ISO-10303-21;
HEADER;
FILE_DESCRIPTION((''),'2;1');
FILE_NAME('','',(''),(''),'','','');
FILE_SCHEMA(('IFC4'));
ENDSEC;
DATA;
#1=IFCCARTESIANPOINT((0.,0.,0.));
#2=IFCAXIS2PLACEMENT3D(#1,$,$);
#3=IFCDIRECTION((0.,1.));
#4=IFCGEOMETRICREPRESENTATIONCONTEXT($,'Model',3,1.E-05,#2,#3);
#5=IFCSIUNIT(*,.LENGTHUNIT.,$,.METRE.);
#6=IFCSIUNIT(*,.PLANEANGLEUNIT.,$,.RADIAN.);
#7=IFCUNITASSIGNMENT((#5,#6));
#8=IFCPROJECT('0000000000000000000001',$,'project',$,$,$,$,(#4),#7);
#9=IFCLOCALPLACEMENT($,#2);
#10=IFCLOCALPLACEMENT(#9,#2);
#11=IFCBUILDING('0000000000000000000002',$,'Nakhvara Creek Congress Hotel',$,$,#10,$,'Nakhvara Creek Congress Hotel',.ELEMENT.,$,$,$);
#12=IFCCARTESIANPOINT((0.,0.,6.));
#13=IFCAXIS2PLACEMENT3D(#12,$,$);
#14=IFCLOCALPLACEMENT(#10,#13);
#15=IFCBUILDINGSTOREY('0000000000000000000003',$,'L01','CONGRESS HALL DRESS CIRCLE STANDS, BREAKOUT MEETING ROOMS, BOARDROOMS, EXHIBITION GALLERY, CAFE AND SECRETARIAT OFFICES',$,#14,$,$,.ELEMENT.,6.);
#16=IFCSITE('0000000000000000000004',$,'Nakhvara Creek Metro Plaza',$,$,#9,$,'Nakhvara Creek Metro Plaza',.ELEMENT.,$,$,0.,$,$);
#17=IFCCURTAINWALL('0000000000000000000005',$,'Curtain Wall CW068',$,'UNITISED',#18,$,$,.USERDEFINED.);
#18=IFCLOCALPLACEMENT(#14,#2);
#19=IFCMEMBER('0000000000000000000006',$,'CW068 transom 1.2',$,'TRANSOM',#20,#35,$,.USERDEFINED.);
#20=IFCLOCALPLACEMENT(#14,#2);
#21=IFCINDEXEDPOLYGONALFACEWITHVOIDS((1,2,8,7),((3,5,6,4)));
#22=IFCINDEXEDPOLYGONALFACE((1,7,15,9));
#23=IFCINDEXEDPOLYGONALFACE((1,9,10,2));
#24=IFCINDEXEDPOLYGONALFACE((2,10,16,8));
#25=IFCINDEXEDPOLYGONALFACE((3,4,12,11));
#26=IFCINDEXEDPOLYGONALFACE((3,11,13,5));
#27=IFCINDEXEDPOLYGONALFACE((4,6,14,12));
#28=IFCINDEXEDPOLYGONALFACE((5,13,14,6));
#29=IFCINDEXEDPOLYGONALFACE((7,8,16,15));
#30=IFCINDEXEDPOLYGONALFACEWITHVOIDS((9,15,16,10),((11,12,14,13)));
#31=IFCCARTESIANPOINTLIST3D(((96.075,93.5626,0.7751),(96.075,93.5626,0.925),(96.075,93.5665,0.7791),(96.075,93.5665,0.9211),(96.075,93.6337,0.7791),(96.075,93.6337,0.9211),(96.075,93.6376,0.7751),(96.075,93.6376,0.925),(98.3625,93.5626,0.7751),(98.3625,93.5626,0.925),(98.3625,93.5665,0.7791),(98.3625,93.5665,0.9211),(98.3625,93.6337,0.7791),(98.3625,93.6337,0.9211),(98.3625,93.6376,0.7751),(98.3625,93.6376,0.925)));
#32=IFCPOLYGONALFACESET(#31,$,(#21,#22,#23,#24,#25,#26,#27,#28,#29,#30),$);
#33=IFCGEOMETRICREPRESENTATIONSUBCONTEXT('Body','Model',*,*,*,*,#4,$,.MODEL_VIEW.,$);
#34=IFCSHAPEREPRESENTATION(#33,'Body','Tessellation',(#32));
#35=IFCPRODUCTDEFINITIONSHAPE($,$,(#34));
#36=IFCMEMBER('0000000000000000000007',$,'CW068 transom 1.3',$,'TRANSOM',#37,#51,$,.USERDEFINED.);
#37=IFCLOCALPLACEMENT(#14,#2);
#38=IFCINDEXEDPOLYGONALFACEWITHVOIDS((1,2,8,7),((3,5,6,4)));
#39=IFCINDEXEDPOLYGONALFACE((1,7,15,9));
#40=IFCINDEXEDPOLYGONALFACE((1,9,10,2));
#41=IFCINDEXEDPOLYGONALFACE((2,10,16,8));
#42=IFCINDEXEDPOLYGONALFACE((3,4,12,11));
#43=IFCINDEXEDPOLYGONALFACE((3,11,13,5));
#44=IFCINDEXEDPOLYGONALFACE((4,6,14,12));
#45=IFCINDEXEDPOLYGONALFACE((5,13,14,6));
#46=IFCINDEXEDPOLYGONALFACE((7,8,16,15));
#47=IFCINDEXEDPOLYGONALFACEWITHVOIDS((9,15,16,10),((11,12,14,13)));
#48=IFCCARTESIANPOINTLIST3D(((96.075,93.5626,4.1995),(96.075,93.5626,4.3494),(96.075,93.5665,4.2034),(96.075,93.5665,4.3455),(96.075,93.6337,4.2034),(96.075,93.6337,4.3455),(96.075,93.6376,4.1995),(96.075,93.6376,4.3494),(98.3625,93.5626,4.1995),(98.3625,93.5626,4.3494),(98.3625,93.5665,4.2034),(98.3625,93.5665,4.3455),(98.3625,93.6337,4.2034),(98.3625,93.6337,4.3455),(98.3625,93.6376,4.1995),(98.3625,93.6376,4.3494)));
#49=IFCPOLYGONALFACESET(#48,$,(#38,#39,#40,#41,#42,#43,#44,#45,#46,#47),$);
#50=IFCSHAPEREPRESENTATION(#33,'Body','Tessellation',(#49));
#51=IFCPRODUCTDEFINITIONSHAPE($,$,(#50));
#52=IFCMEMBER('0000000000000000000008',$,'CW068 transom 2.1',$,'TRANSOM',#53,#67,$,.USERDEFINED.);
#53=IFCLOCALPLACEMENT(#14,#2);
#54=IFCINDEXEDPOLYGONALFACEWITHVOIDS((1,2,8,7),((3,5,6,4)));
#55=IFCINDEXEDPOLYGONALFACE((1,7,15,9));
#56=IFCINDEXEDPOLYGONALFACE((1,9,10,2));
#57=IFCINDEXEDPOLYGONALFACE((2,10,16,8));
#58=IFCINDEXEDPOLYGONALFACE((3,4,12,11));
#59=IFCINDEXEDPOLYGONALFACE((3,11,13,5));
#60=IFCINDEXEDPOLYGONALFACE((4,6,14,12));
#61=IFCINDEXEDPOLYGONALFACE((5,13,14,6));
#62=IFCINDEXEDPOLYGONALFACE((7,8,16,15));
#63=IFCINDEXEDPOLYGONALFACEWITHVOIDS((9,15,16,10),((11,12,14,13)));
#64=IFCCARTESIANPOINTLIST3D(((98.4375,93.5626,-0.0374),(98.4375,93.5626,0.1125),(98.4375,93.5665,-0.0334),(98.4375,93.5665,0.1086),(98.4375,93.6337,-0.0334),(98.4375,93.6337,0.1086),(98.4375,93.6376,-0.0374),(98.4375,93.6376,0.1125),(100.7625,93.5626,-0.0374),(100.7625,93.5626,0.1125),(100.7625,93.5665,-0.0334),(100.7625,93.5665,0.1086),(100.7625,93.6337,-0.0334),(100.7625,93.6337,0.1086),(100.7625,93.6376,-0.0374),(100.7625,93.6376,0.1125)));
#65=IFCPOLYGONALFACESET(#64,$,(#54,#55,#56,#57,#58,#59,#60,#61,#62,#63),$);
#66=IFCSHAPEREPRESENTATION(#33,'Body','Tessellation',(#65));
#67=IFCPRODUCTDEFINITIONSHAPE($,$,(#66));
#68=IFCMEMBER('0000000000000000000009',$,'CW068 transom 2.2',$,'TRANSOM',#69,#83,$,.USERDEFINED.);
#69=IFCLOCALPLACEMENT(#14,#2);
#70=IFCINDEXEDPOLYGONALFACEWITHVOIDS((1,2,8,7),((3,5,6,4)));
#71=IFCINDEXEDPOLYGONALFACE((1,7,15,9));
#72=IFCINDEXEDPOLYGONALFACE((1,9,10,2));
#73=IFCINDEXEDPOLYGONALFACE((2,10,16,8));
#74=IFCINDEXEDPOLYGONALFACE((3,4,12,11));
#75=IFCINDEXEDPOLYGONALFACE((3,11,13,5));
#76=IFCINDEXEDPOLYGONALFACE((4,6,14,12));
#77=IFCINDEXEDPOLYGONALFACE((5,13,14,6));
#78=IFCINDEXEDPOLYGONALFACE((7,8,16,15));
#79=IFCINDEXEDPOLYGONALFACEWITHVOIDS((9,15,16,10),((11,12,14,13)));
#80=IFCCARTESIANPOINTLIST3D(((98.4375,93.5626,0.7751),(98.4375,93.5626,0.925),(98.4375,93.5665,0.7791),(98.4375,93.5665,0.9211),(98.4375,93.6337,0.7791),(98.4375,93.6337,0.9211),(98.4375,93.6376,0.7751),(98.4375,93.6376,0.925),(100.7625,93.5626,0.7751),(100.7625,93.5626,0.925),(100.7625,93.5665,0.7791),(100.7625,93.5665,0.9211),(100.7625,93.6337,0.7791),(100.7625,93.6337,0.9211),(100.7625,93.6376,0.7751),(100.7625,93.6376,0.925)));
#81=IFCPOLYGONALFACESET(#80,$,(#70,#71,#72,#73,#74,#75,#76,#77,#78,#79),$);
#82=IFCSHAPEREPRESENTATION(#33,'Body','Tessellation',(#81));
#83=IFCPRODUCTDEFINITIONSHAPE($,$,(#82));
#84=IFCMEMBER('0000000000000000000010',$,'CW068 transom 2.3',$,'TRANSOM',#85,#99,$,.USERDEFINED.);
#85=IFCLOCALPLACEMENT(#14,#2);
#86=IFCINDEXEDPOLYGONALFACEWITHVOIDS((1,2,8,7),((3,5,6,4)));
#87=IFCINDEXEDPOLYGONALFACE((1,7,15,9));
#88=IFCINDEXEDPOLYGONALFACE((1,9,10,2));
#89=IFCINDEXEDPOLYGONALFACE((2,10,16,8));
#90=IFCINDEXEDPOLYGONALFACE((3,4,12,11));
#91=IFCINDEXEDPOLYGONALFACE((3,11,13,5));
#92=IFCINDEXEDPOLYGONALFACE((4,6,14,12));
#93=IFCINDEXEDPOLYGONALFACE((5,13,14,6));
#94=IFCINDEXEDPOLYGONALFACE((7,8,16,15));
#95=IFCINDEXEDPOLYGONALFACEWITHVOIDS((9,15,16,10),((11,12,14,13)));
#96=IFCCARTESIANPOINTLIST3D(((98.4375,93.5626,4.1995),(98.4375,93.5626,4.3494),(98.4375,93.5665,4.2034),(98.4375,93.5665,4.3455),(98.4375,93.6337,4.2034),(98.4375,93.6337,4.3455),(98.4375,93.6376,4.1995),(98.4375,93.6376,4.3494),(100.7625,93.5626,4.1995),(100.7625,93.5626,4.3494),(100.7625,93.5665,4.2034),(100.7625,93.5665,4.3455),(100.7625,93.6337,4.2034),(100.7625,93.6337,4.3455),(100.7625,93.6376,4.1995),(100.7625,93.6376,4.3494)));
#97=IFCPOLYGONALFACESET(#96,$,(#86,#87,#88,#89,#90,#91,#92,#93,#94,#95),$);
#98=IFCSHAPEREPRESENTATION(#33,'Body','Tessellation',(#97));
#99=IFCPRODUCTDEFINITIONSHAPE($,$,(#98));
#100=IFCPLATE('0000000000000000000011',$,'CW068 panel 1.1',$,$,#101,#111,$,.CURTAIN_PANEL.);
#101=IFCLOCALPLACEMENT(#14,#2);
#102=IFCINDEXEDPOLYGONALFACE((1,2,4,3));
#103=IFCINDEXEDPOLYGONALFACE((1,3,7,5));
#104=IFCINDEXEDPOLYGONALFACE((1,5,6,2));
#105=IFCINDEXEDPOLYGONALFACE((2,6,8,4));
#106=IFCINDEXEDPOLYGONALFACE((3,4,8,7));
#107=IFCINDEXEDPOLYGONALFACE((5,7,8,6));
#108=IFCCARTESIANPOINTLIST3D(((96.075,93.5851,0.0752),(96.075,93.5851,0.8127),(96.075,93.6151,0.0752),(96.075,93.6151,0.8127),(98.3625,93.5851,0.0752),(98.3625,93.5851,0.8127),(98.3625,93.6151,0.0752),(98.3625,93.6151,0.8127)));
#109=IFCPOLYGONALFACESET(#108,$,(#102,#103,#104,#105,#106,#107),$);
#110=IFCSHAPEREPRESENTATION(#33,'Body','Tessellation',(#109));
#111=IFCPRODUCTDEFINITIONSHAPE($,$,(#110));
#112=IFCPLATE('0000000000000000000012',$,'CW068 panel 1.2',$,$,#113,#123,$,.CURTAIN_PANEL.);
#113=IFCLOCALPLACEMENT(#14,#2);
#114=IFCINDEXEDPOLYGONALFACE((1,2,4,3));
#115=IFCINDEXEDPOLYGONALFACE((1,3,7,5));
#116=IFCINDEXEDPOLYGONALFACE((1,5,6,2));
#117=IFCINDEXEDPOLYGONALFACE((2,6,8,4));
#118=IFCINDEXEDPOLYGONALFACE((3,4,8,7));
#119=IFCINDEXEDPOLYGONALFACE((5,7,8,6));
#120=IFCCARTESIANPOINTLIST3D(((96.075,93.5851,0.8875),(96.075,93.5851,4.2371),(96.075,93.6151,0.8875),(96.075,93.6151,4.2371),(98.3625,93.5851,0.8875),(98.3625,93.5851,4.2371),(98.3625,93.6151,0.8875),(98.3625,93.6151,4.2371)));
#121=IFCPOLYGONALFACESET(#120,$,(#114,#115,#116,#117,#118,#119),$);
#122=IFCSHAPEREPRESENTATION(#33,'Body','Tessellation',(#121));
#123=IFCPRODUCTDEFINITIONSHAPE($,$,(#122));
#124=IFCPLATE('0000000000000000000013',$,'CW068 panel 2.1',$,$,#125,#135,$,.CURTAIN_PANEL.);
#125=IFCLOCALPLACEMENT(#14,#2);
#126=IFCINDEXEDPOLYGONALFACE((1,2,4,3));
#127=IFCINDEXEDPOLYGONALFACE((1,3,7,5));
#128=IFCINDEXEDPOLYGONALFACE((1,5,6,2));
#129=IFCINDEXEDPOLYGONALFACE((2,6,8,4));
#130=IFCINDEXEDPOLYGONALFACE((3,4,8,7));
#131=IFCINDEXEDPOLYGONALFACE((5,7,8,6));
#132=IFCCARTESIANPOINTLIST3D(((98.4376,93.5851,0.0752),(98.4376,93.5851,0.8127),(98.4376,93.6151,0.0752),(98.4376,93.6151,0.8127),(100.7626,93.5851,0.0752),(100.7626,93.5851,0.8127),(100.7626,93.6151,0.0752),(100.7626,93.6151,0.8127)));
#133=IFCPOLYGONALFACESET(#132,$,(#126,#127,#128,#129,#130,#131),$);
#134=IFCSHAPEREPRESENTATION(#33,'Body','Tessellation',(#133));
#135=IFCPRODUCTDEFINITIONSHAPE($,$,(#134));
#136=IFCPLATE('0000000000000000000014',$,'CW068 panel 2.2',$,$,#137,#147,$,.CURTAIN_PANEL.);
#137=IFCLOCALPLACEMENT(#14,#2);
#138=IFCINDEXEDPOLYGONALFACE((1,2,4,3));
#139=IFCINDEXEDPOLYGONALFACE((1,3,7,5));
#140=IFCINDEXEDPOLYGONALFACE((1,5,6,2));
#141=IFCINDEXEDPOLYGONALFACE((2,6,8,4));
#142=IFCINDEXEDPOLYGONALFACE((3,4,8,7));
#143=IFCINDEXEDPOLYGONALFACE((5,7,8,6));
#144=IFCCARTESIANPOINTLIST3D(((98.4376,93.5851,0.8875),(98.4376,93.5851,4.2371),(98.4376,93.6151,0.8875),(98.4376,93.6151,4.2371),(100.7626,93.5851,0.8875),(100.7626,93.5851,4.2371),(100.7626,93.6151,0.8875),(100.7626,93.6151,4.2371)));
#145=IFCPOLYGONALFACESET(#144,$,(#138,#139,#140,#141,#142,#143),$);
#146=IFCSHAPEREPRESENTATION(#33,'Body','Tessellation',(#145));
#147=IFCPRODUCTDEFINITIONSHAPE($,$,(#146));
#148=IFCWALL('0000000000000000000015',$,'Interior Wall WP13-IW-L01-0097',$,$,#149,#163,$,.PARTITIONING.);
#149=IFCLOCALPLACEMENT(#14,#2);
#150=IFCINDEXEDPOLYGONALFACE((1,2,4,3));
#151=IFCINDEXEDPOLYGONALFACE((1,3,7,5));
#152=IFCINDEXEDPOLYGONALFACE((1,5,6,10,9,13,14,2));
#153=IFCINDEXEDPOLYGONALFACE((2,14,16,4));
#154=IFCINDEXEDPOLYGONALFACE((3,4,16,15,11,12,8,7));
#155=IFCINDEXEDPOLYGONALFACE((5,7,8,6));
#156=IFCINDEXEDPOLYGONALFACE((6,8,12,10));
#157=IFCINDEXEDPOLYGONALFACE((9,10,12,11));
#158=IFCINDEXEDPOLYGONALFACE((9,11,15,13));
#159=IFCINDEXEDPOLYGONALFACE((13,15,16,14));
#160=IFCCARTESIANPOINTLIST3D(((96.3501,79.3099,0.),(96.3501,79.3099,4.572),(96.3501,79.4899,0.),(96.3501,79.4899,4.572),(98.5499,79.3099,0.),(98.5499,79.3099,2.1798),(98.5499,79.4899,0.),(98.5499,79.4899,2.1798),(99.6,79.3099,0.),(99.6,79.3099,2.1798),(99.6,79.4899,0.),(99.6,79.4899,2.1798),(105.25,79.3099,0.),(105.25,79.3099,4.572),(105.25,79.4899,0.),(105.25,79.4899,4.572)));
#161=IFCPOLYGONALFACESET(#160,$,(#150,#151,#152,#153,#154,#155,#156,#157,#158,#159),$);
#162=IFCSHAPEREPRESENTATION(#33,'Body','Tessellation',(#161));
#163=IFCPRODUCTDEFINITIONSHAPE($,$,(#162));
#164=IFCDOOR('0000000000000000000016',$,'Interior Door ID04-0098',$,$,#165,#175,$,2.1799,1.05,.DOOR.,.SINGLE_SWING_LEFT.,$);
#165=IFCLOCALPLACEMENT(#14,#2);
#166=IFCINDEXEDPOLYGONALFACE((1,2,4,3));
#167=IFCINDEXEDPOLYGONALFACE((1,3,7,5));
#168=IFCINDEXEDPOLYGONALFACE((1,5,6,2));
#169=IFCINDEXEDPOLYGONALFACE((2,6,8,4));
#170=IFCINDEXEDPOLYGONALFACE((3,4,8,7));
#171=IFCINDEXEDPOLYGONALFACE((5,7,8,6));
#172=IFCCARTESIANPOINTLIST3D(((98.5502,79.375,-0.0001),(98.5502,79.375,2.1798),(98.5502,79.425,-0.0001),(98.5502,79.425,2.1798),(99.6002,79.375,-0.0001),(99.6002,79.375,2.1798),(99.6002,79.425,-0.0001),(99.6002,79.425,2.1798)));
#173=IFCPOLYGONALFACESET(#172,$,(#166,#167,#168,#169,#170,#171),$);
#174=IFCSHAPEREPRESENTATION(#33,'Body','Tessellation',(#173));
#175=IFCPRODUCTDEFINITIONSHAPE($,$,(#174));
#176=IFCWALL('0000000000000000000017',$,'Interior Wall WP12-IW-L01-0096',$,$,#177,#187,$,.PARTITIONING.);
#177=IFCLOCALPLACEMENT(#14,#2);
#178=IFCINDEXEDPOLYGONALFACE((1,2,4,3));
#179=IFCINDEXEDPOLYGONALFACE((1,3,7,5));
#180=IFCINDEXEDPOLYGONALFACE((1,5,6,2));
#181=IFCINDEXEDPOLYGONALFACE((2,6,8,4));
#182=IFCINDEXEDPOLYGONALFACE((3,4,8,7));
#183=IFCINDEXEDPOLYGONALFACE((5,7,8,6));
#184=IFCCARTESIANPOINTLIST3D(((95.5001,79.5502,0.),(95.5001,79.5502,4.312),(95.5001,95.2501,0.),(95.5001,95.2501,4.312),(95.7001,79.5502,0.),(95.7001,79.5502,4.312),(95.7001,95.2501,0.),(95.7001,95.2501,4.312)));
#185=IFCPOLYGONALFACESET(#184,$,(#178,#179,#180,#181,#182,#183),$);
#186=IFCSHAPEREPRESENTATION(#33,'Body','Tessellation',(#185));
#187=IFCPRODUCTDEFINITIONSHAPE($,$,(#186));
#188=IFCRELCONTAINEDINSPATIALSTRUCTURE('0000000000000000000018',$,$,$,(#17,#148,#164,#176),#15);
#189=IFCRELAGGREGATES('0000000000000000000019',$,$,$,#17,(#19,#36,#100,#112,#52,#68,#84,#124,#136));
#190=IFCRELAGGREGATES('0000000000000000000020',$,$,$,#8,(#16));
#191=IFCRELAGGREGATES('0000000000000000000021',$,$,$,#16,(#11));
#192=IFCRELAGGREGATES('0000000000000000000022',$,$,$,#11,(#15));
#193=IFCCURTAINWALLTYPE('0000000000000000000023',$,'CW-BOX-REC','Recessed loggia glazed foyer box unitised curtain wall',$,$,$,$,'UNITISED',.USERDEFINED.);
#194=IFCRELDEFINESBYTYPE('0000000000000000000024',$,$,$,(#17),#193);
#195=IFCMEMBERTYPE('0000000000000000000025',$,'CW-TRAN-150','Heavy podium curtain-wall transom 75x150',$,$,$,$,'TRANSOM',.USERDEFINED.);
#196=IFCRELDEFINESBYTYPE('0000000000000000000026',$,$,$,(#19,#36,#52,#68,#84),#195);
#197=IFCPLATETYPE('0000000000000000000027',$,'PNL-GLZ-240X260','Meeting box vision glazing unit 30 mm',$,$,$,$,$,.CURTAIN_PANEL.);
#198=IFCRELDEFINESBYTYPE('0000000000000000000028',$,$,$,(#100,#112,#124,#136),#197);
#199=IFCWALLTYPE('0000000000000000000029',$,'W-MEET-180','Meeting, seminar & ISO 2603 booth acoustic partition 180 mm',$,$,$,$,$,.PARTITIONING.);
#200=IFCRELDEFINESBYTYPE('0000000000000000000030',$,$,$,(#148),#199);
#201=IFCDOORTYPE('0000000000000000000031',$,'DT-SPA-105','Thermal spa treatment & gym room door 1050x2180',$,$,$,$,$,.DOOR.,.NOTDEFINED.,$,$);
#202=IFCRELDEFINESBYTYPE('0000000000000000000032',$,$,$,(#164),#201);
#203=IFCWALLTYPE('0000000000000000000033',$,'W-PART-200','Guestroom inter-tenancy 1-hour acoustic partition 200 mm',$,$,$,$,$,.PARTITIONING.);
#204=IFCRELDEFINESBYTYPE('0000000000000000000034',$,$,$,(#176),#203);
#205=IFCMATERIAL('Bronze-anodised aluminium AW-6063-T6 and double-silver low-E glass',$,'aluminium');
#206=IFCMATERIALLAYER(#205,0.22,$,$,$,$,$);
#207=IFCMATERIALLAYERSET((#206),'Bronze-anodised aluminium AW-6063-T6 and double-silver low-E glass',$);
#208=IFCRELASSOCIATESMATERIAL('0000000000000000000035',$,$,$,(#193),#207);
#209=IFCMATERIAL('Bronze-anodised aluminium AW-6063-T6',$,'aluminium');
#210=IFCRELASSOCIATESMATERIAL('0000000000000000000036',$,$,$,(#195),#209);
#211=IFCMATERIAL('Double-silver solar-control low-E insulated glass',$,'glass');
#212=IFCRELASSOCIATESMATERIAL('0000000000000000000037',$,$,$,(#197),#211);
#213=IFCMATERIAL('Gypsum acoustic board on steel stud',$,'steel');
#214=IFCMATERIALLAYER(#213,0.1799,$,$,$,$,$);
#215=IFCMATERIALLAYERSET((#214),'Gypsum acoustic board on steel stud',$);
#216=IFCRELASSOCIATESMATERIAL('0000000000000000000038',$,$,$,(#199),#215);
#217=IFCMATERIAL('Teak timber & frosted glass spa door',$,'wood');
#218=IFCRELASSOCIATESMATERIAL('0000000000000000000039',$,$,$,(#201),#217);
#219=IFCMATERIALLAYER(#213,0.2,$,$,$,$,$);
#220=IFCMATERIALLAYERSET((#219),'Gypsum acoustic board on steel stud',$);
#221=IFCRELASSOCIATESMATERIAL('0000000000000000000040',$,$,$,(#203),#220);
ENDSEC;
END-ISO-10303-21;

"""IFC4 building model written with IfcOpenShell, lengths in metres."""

from ifc_helpers import new_model, si_unit, direction, frame, frame_2d, origin, origin_2d, place, context, subcontext, project, spatial, rectangle, hollow_rectangle, extrude, material, layer, layer_set, material_profile, profile_set, type_object, element, fill, aggregate, save


model = new_model("IFC4")

# Units and contexts
model_context = context("Model", 3, precision=1e-05, world=origin(), true_north=direction((0.0, 1.0)))
body_context = subcontext(model_context, "Body", "Model", "MODEL_VIEW")
ifc_project = project(units=[si_unit("LENGTHUNIT", "METRE"), si_unit("PLANEANGLEUNIT", "RADIAN")], contexts=[model_context])

# Site, building, storey
site_placement = place(None, origin())
site = spatial("IfcSite", under=ifc_project, at=site_placement, Name="Nakhvara Creek Metro Plaza", LongName="Nakhvara Creek Metro Plaza", CompositionType="ELEMENT", RefElevation=0.0)
building_placement = place(site_placement, origin())
building = spatial("IfcBuilding", under=site, at=building_placement, Name="Nakhvara Creek Congress Hotel", LongName="Nakhvara Creek Congress Hotel", CompositionType="ELEMENT")
storey_placement = place(building_placement, frame((0.0, 0.0, 6.0)))
storey = spatial("IfcBuildingStorey", under=building, at=storey_placement, Name="L01", Description="CONGRESS HALL DRESS CIRCLE STANDS, BREAKOUT MEETING ROOMS, BOARDROOMS, EXHIBITION GALLERY, CAFE AND SECRETARIAT OFFICES", CompositionType="ELEMENT", Elevation=6.0)

# Curtain wall, members, plates
ifc_material_1 = material(Name="Bronze-anodised aluminium AW-6063-T6 and double-silver low-E glass", Category="aluminium")
ifc_layer_1 = layer(ifc_material_1, 0.22)
ifc_layer_set_1 = layer_set([ifc_layer_1], Name="Bronze-anodised aluminium AW-6063-T6 and double-silver low-E glass")
curtain_wall_type = type_object("IfcCurtainWallType", Name="CW-BOX-REC", Description="Recessed loggia glazed foyer box unitised curtain wall", ElementType="UNITISED", PredefinedType="USERDEFINED", material=ifc_layer_set_1)
curtain_wall_placement = place(storey_placement, origin())
curtain_wall = element("IfcCurtainWall", 1, at=curtain_wall_placement, inside=storey, type_object=curtain_wall_type, Name="Curtain Wall CW068", ObjectType="UNITISED", PredefinedType="USERDEFINED")
ifc_material_2 = material(Name="Bronze-anodised aluminium AW-6063-T6", Category="aluminium")
ifc_material_profile_1 = material_profile(ifc_material_2, hollow_rectangle(XDim=0.075, YDim=0.1499, WallThickness=0.0039, at=origin_2d()), Name="ALU-TRAN 75x150x4", Category="LoadBearing")
ifc_profile_set_1 = profile_set([ifc_material_profile_1], Name="Bronze-anodised aluminium AW-6063-T6")
member_type_1 = type_object("IfcMemberType", Name="CW-TRAN-150", Description="Heavy podium curtain-wall transom 75x150", ElementType="TRANSOM", PredefinedType="USERDEFINED", material=ifc_profile_set_1)
member_1_placement = place(storey_placement, frame((96.075, 93.6001, 0.8501), z_axis=(1.0, 0.0, 0.0), x_axis=(0.0, 1.0, 0.0)))
member_1 = element("IfcMember", 2, at=member_1_placement, type_object=member_type_1, Name="CW068 transom 1.2", ObjectType="TRANSOM", PredefinedType="USERDEFINED", context=body_context, shape_type="SweptSolid", body=[
    extrude(hollow_rectangle(XDim=0.075, YDim=0.1499, WallThickness=0.0039, at=origin_2d()), origin(), (0.0, 0.0, 1.0), 2.2876),
])
member_2_placement = place(storey_placement, frame((96.075, 93.6001, 4.2744), z_axis=(1.0, 0.0, 0.0), x_axis=(0.0, 1.0, 0.0)))
member_2 = element("IfcMember", 3, at=member_2_placement, type_object=member_type_1, Name="CW068 transom 1.3", ObjectType="TRANSOM", PredefinedType="USERDEFINED", context=body_context, shape_type="SweptSolid", body=[
    extrude(hollow_rectangle(XDim=0.075, YDim=0.1499, WallThickness=0.0039, at=origin_2d()), origin(), (0.0, 0.0, 1.0), 2.2876),
])
member_3_placement = place(storey_placement, frame((98.4375, 93.6001, 0.0376), z_axis=(1.0, 0.0, 0.0), x_axis=(0.0, 1.0, 0.0)))
member_3 = element("IfcMember", 4, at=member_3_placement, type_object=member_type_1, Name="CW068 transom 2.1", ObjectType="TRANSOM", PredefinedType="USERDEFINED", context=body_context, shape_type="SweptSolid", body=[
    extrude(hollow_rectangle(XDim=0.075, YDim=0.1499, WallThickness=0.0039, at=origin_2d()), origin(), (0.0, 0.0, 1.0), 2.325),
])
member_4_placement = place(storey_placement, frame((98.4375, 93.6001, 0.8501), z_axis=(1.0, 0.0, 0.0), x_axis=(0.0, 1.0, 0.0)))
member_4 = element("IfcMember", 5, at=member_4_placement, type_object=member_type_1, Name="CW068 transom 2.2", ObjectType="TRANSOM", PredefinedType="USERDEFINED", context=body_context, shape_type="SweptSolid", body=[
    extrude(hollow_rectangle(XDim=0.075, YDim=0.1499, WallThickness=0.0039, at=origin_2d()), origin(), (0.0, 0.0, 1.0), 2.325),
])
member_5_placement = place(storey_placement, frame((98.4375, 93.6001, 4.2744), z_axis=(1.0, 0.0, 0.0), x_axis=(0.0, 1.0, 0.0)))
member_5 = element("IfcMember", 6, at=member_5_placement, type_object=member_type_1, Name="CW068 transom 2.3", ObjectType="TRANSOM", PredefinedType="USERDEFINED", context=body_context, shape_type="SweptSolid", body=[
    extrude(hollow_rectangle(XDim=0.075, YDim=0.1499, WallThickness=0.0039, at=origin_2d()), origin(), (0.0, 0.0, 1.0), 2.325),
])
ifc_material_3 = material(Name="Double-silver solar-control low-E insulated glass", Category="glass")
plate_type = type_object("IfcPlateType", Name="PNL-GLZ-240X260", Description="Meeting box vision glazing unit 30 mm", PredefinedType="CURTAIN_PANEL", material=ifc_material_3)
plate_1_placement = place(storey_placement, frame((97.2188, 93.6001, 0.0752), z_axis=(0.0, 0.0, 1.0), x_axis=(1.0, 0.0, 0.0)))
plate_1 = element("IfcPlate", 7, at=plate_1_placement, type_object=plate_type, Name="CW068 panel 1.1", PredefinedType="CURTAIN_PANEL", context=body_context, shape_type="SweptSolid", body=[
    extrude(rectangle(XDim=2.2876, YDim=0.03, at=origin_2d()), origin(), (0.0, 0.0, 1.0), 0.7375),
])
plate_2_placement = place(storey_placement, frame((97.2188, 93.6001, 0.8875), z_axis=(0.0, 0.0, 1.0), x_axis=(1.0, 0.0, 0.0)))
plate_2 = element("IfcPlate", 8, at=plate_2_placement, type_object=plate_type, Name="CW068 panel 1.2", PredefinedType="CURTAIN_PANEL", context=body_context, shape_type="SweptSolid", body=[
    extrude(rectangle(XDim=2.2876, YDim=0.03, at=origin_2d()), origin(), (0.0, 0.0, 1.0), 3.3496),
])
plate_3_placement = place(storey_placement, frame((99.6001, 93.6001, 0.0752), z_axis=(0.0, 0.0, 1.0), x_axis=(1.0, 0.0, 0.0)))
plate_3 = element("IfcPlate", 9, at=plate_3_placement, type_object=plate_type, Name="CW068 panel 2.1", PredefinedType="CURTAIN_PANEL", context=body_context, shape_type="SweptSolid", body=[
    extrude(rectangle(XDim=2.325, YDim=0.03, at=origin_2d()), origin(), (0.0, 0.0, 1.0), 0.7375),
])
plate_4_placement = place(storey_placement, frame((99.6001, 93.6001, 0.8875), z_axis=(0.0, 0.0, 1.0), x_axis=(1.0, 0.0, 0.0)))
plate_4 = element("IfcPlate", 10, at=plate_4_placement, type_object=plate_type, Name="CW068 panel 2.2", PredefinedType="CURTAIN_PANEL", context=body_context, shape_type="SweptSolid", body=[
    extrude(rectangle(XDim=2.325, YDim=0.03, at=origin_2d()), origin(), (0.0, 0.0, 1.0), 3.3496),
])
aggregate(curtain_wall, [member_1, member_2, plate_1, plate_2, member_3, member_4, member_5, plate_3, plate_4])

# Wall, opening, door
ifc_material_4 = material(Name="Gypsum acoustic board on steel stud", Category="steel")
ifc_layer_2 = layer(ifc_material_4, 0.1799)
ifc_layer_set_2 = layer_set([ifc_layer_2], Name="Gypsum acoustic board on steel stud")
wall_type_1 = type_object("IfcWallType", Name="W-MEET-180", Description="Meeting, seminar & ISO 2603 booth acoustic partition 180 mm", PredefinedType="PARTITIONING", material=ifc_layer_set_2)
wall_1_placement = place(storey_placement, frame((96.3501, 79.3999, 0.0), z_axis=(0.0, 0.0, 1.0), x_axis=(1.0, 0.0, 0.0)))
wall_1 = element("IfcWall", 11, at=wall_1_placement, inside=storey, type_object=wall_type_1, Name="Interior Wall WP13-IW-L01-0097", PredefinedType="PARTITIONING", context=body_context, shape_type="SweptSolid", body=[
    extrude(rectangle(XDim=8.8999, YDim=0.1799, at=frame_2d((4.45, 0.0))), origin(), (0.0, 0.0, 1.0), 4.572),
])
opening_placement = place(wall_1_placement, frame((2.2, 0.0, 0.0)))
opening = element("IfcOpeningElement", 12, at=opening_placement, cuts=wall_1, PredefinedType="OPENING", context=body_context, shape_type="SweptSolid", body=[
    extrude(rectangle(XDim=1.05, YDim=2.1799, at=frame_2d((0.5249, 1.0898))), frame((0.0, 0.1021, 0.0), z_axis=(0.0, -1.0, 0.0), x_axis=(1.0, 0.0, 0.0)), (0.0, 0.0, 1.0), 0.2039),
])
ifc_material_5 = material(Name="Teak timber & frosted glass spa door", Category="wood")
door_type = type_object("IfcDoorType", Name="DT-SPA-105", Description="Thermal spa treatment & gym room door 1050x2180", OperationType="NOTDEFINED", PredefinedType="DOOR", material=ifc_material_5)
door_placement = place(opening_placement, frame((1.05, 0.0, 0.0), z_axis=(0.0, 0.0, 1.0), x_axis=(-1.0, 0.0, 0.0)))
door = element("IfcDoor", 13, at=door_placement, inside=storey, type_object=door_type, Name="Interior Door ID04-0098", OperationType="SINGLE_SWING_LEFT", OverallHeight=2.1799, OverallWidth=1.05, PredefinedType="DOOR", context=body_context, shape_type="SweptSolid", body=[
    extrude(rectangle(XDim=1.05, YDim=2.1799, at=frame_2d((0.5249, 1.0898))), frame((0.0, 0.0249, 0.0), z_axis=(0.0, -1.0, 0.0), x_axis=(1.0, 0.0, 0.0)), (0.0, 0.0, 1.0), 0.05),
])
fill(opening, door)

# Wall
ifc_layer_3 = layer(ifc_material_4, 0.2)
ifc_layer_set_3 = layer_set([ifc_layer_3], Name="Gypsum acoustic board on steel stud")
wall_type_2 = type_object("IfcWallType", Name="W-PART-200", Description="Guestroom inter-tenancy 1-hour acoustic partition 200 mm", PredefinedType="PARTITIONING", material=ifc_layer_set_3)
wall_2_placement = place(storey_placement, frame((95.6001, 79.55, 0.0), z_axis=(0.0, 0.0, 1.0), x_axis=(0.0, 1.0, 0.0)))
element("IfcWall", 14, at=wall_2_placement, inside=storey, type_object=wall_type_2, Name="Interior Wall WP12-IW-L01-0096", PredefinedType="PARTITIONING", context=body_context, shape_type="SweptSolid", body=[
    extrude(rectangle(XDim=15.7, YDim=0.2, at=frame_2d((7.8501, 0.0))), origin(), (0.0, 0.0, 1.0), 4.312),
])

save(model, "model.ifc")
